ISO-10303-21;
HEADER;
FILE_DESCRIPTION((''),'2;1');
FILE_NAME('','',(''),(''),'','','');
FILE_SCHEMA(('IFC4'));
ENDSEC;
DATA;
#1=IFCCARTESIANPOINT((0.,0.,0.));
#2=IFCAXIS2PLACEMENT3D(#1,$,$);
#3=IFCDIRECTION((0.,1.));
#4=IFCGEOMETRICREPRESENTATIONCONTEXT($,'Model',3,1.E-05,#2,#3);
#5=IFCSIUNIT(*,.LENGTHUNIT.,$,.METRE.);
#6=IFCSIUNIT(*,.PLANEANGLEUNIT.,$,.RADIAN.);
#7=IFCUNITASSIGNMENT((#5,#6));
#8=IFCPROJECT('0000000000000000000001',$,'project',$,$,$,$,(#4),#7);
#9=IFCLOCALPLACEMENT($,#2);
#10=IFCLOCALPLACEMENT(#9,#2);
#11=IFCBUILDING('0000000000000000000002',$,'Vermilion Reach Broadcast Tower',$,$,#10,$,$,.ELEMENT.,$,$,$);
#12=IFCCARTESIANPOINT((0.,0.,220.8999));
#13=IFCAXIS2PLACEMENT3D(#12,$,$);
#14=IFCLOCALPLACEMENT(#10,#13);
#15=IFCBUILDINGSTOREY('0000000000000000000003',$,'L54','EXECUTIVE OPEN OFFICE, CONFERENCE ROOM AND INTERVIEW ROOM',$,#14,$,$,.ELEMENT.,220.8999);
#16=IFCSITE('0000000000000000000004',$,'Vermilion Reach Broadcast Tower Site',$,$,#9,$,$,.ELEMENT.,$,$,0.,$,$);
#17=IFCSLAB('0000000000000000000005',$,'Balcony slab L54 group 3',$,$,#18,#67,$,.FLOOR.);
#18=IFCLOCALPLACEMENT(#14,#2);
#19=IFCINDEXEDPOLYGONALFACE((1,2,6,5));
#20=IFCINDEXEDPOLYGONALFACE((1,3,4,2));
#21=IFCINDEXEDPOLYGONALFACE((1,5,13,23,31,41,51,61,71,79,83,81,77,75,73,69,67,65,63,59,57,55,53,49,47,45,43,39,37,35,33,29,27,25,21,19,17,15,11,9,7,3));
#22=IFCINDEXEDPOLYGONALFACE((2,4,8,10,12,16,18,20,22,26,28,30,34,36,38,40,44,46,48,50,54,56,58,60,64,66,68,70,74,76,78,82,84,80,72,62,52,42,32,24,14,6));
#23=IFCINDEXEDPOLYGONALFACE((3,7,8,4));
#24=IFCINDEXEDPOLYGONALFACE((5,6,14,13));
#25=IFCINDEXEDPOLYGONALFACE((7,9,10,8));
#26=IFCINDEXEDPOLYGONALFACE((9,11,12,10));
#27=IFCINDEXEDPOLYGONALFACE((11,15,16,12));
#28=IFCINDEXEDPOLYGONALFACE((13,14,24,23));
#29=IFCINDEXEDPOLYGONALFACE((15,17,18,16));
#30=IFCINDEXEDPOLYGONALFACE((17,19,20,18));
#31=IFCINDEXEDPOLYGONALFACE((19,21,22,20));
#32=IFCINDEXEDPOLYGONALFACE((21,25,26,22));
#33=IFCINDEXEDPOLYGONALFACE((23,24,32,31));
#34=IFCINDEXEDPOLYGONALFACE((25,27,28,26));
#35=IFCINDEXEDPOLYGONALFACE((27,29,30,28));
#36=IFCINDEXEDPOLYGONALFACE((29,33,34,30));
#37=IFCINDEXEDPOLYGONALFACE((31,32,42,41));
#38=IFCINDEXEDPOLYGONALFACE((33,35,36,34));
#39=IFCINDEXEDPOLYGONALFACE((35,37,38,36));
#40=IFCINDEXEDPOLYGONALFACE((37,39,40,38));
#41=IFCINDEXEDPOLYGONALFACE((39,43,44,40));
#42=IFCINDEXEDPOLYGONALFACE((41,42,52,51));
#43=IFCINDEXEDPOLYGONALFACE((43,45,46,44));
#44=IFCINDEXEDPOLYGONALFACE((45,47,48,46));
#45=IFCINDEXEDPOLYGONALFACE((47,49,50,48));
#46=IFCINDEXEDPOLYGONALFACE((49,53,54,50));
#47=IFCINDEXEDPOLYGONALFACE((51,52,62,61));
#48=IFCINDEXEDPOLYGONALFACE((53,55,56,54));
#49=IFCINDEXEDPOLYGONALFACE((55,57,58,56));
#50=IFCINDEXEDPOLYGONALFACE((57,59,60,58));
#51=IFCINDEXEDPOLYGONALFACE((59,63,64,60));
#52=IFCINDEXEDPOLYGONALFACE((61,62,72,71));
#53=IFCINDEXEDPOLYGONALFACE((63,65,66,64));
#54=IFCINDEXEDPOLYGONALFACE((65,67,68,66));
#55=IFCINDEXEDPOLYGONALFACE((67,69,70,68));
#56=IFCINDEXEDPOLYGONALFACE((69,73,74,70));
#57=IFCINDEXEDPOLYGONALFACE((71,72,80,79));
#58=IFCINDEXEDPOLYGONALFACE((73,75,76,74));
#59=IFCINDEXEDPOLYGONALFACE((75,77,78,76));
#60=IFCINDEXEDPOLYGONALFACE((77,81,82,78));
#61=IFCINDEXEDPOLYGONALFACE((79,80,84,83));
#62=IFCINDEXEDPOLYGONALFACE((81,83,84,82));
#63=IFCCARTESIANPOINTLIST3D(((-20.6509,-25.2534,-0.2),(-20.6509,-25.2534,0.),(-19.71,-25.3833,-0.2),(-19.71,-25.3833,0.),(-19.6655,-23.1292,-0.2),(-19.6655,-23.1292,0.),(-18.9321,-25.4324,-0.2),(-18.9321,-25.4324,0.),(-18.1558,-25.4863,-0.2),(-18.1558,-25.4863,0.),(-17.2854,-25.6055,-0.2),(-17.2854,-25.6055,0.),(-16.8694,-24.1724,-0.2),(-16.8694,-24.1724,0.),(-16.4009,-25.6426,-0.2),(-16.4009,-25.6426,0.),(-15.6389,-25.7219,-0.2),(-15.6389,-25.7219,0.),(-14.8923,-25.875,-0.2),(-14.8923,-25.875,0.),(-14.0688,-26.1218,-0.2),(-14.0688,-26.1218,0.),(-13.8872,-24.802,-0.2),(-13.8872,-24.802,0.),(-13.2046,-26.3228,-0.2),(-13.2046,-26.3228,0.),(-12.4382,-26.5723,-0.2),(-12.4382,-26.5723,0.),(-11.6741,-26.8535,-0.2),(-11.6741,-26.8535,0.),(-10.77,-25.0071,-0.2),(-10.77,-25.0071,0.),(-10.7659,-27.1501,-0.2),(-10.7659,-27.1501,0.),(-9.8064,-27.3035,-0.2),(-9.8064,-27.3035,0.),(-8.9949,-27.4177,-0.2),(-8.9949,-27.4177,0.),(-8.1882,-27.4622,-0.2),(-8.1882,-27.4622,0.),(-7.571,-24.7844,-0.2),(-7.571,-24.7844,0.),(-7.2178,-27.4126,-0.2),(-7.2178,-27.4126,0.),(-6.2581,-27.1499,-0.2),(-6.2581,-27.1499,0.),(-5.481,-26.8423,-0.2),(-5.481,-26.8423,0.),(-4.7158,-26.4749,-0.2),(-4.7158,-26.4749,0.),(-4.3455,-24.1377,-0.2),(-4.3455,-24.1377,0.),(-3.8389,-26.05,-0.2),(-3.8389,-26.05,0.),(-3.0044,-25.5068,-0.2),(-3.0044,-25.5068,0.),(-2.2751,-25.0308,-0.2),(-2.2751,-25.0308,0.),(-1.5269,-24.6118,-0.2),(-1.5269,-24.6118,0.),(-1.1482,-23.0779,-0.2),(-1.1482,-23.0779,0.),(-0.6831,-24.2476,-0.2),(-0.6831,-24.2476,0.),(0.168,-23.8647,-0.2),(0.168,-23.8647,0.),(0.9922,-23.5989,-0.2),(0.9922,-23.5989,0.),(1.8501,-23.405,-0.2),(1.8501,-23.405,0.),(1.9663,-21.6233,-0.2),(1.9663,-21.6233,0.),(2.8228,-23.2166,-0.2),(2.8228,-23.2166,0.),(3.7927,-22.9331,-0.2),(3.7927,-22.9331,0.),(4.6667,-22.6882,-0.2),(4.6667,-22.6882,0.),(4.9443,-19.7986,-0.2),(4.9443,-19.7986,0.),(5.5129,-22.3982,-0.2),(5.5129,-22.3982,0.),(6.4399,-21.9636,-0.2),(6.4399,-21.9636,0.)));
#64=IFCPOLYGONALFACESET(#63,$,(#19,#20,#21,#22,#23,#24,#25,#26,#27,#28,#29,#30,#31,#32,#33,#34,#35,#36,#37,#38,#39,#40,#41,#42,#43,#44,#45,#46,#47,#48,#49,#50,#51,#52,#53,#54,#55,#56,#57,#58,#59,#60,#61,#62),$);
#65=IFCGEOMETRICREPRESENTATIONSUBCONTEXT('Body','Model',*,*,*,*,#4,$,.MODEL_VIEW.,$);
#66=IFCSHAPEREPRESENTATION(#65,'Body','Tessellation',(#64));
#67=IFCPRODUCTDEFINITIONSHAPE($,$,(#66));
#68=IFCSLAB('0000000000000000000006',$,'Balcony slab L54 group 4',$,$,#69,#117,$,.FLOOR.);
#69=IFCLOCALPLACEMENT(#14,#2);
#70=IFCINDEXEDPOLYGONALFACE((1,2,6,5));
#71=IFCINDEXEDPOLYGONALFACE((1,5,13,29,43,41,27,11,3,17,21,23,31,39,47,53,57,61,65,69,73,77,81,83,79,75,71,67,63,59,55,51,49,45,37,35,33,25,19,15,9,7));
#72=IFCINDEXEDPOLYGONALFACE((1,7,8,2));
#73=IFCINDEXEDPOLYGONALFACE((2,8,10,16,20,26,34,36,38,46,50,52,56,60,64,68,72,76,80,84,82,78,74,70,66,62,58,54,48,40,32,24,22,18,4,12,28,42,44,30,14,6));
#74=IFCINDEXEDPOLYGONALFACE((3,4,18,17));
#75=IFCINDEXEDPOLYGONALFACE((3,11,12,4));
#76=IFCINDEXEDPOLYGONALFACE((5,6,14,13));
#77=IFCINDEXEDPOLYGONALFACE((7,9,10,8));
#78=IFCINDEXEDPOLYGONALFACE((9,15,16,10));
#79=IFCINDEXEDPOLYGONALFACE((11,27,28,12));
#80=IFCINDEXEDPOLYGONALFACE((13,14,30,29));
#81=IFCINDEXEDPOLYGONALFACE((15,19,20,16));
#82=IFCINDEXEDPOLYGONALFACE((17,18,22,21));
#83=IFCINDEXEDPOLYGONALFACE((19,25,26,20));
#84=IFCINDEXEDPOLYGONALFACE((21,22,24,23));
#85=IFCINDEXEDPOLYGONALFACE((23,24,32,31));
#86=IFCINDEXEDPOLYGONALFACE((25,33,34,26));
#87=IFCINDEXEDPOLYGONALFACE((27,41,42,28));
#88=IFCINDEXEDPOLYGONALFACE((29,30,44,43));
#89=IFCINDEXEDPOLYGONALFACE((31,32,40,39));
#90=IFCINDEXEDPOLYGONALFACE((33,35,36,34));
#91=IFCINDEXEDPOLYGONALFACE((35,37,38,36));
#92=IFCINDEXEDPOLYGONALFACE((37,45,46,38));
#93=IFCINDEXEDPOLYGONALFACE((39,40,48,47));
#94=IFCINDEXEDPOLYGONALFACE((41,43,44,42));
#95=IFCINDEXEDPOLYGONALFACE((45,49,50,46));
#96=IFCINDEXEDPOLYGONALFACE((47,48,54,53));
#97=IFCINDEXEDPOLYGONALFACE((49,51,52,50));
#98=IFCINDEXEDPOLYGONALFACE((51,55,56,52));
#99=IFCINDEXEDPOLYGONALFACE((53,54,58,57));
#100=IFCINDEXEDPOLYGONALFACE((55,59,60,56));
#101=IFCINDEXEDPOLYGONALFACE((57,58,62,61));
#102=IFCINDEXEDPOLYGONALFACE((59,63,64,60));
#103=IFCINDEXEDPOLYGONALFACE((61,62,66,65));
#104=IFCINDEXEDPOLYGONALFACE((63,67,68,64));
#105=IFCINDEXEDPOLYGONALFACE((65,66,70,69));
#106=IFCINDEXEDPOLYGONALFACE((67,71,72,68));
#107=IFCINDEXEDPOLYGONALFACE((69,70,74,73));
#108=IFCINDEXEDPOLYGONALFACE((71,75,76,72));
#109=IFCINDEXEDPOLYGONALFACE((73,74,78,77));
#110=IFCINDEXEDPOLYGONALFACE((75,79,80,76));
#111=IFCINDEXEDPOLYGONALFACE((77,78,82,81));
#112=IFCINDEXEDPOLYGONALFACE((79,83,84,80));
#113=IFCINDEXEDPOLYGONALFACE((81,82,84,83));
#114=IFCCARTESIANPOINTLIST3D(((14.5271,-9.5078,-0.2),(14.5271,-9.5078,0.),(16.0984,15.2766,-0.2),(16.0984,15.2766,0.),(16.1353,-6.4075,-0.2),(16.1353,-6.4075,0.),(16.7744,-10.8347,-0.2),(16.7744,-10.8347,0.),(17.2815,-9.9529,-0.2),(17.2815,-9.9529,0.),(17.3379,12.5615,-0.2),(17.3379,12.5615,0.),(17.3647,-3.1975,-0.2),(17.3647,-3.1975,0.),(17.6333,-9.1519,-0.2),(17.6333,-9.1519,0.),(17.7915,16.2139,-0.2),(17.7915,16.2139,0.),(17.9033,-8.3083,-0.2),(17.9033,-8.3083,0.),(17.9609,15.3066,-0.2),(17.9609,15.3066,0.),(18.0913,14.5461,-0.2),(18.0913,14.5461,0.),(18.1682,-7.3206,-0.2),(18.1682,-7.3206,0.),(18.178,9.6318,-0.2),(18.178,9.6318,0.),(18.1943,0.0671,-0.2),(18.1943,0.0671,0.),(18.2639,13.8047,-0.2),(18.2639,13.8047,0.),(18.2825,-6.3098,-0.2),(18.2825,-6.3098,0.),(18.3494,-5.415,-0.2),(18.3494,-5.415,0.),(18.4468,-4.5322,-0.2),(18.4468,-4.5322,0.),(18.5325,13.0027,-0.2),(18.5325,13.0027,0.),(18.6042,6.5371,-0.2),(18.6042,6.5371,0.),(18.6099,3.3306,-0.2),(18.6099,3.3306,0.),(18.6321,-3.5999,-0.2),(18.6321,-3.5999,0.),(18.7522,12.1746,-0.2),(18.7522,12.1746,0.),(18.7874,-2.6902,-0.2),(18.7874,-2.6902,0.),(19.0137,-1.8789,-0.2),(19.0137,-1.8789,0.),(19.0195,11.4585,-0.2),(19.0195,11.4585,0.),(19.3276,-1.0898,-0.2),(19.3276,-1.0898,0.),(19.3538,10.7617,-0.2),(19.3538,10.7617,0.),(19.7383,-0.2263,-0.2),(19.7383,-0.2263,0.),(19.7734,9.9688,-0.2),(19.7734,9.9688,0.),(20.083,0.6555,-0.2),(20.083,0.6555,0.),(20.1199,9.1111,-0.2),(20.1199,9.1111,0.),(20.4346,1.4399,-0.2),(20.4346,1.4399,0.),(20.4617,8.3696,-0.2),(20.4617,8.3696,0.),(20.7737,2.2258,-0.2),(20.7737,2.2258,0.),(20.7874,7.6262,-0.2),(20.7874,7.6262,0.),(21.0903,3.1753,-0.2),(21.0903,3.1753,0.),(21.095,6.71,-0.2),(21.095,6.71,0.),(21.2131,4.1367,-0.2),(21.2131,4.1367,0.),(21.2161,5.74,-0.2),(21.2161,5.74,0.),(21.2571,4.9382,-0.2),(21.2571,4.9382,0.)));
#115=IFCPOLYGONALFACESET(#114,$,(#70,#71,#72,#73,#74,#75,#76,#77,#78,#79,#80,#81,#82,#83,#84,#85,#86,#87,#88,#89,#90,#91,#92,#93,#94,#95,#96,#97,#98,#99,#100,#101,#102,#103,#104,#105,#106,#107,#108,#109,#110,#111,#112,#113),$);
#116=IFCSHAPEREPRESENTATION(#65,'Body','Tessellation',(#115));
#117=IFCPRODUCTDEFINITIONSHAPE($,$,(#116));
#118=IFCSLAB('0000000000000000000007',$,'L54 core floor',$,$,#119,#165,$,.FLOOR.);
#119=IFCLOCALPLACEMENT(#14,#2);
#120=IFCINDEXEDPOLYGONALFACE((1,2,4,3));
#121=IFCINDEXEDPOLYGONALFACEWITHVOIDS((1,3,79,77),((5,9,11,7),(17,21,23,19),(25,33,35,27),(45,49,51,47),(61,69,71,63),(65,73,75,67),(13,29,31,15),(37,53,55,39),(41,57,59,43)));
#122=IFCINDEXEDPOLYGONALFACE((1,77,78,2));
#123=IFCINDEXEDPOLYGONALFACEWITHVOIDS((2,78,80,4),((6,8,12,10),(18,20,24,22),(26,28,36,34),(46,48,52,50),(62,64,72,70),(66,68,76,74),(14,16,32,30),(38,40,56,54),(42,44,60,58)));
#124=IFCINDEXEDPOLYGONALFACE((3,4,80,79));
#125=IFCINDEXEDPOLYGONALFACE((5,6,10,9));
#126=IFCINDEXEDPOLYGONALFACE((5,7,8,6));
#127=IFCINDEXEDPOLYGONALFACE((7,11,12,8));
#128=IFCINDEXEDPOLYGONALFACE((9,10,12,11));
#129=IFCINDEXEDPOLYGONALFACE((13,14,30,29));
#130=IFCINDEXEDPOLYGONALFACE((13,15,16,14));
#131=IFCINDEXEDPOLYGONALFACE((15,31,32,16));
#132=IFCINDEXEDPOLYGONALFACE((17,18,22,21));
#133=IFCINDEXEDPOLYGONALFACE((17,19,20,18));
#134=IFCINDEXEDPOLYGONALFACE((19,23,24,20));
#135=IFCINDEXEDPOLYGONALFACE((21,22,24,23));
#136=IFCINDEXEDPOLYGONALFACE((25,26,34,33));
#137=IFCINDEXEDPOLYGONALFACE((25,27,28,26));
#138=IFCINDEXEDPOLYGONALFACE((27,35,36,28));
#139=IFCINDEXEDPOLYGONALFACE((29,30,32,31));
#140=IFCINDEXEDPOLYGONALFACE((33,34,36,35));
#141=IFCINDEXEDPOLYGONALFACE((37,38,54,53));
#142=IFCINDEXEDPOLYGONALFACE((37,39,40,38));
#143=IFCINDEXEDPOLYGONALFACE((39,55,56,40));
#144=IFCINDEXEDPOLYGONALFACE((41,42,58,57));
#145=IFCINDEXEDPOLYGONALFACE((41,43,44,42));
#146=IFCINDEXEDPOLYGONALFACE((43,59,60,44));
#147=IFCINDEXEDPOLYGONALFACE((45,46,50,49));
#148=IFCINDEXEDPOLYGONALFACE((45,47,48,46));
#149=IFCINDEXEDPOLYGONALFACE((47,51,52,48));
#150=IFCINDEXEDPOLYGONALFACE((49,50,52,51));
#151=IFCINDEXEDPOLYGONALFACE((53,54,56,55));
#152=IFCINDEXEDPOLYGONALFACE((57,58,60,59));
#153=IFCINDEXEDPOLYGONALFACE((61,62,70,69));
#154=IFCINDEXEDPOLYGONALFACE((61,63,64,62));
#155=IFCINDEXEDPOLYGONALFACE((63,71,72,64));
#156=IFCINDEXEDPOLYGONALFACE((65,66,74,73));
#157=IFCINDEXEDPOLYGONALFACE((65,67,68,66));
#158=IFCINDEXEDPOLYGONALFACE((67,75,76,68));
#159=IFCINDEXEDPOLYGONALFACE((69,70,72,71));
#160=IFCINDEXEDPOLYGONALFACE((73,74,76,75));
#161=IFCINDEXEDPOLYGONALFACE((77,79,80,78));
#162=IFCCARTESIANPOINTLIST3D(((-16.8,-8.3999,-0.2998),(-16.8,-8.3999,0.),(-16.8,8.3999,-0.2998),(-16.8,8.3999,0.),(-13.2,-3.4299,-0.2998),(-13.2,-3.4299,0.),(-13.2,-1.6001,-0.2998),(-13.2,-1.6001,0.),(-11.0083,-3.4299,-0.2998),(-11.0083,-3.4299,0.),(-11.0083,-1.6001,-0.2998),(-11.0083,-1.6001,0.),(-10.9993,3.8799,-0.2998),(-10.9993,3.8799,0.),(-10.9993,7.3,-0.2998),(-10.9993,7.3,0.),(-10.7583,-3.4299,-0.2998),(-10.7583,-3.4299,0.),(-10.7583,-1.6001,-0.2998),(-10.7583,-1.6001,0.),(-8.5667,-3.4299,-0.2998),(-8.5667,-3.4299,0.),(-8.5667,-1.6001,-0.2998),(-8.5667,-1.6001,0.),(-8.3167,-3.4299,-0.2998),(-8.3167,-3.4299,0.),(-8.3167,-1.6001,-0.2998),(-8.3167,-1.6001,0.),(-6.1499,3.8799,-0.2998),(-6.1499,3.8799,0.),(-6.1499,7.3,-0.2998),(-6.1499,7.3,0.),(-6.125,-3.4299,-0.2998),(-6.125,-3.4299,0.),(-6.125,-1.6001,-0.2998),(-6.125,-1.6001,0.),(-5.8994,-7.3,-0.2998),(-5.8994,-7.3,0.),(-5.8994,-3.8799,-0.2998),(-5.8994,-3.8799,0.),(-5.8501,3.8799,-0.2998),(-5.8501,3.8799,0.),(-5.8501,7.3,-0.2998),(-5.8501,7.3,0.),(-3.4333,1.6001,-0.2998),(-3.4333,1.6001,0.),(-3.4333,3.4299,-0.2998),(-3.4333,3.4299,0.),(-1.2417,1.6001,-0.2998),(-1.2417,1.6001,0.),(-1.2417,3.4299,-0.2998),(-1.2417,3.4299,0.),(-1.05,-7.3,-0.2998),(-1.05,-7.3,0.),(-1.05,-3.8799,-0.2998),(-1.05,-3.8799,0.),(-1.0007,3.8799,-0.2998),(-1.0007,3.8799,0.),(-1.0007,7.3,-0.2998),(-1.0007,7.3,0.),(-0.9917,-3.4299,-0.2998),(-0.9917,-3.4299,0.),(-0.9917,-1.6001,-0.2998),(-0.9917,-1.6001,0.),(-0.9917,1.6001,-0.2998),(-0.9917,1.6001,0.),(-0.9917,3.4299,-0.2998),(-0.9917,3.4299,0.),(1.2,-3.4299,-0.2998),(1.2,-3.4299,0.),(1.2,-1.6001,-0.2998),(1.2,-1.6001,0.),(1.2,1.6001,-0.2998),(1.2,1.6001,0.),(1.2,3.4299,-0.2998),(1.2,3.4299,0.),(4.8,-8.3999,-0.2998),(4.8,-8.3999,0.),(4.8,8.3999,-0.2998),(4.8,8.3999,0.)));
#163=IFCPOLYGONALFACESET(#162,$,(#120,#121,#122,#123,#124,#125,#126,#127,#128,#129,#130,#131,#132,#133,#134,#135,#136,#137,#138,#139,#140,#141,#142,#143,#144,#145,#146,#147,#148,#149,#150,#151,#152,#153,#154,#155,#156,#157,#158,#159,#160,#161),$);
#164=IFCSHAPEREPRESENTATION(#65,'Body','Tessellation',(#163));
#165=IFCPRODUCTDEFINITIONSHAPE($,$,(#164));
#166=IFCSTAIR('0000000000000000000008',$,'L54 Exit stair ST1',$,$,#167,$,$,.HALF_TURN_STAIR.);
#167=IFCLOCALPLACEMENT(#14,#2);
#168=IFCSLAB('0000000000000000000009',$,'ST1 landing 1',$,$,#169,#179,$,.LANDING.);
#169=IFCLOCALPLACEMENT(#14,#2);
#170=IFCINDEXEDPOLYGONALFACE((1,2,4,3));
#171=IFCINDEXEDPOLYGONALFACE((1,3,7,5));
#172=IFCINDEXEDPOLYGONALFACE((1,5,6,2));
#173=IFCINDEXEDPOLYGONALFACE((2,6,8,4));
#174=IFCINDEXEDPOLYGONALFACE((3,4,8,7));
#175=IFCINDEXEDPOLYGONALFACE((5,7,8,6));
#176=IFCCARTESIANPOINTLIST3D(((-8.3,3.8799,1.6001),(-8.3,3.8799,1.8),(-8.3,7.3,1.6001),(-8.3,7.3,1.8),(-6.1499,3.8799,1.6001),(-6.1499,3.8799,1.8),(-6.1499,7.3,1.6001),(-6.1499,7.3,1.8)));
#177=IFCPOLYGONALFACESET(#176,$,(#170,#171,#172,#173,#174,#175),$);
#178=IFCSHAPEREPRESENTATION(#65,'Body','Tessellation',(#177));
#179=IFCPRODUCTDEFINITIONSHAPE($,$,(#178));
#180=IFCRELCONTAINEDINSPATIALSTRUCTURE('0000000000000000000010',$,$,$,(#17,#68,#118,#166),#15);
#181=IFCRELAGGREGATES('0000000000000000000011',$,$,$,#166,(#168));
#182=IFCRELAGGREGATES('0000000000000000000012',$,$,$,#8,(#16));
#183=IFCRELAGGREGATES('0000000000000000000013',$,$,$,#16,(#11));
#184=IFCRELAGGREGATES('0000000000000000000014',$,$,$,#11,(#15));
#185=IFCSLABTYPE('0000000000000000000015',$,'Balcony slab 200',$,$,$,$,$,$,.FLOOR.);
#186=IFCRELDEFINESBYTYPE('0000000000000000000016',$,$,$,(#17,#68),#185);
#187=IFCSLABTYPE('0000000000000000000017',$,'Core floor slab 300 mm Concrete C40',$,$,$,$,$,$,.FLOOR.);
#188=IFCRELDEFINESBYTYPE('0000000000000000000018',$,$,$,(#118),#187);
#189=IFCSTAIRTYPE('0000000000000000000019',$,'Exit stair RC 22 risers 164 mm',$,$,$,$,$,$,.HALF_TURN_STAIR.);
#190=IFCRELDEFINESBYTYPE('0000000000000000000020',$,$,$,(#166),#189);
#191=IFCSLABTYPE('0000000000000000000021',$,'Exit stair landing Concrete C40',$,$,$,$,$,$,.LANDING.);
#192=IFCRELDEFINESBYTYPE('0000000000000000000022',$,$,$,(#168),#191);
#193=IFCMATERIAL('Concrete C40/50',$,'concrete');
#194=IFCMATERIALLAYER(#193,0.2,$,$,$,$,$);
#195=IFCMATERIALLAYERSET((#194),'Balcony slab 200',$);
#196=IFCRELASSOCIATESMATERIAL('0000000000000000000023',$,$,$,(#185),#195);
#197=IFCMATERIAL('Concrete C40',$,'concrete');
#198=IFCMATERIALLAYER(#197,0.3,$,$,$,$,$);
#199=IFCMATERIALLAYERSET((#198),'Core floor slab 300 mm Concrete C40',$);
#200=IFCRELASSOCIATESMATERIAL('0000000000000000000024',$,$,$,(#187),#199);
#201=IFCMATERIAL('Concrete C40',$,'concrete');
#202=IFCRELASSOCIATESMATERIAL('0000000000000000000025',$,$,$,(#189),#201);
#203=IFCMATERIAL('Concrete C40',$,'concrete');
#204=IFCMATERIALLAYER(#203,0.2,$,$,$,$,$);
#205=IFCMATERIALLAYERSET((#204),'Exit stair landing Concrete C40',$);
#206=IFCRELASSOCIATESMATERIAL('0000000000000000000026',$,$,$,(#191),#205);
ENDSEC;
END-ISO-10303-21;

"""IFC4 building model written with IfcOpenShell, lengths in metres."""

from ifc_helpers import new_model, si_unit, direction, frame, origin, place, context, subcontext, project, spatial, polyline, outline, extrude, material, layer, layer_set, type_object, element, aggregate, save


model = new_model("IFC4")

# Units and contexts
model_context = context("Model", 3, precision=1e-05, world=origin(), true_north=direction((0.0, 1.0)))
body_context = subcontext(model_context, "Body", "Model", "MODEL_VIEW")
ifc_project = project(units=[si_unit("LENGTHUNIT", "METRE"), si_unit("PLANEANGLEUNIT", "RADIAN")], contexts=[model_context])

# Site, building, storey
site_placement = place(None, origin())
site = spatial("IfcSite", under=ifc_project, at=site_placement, Name="Vermilion Reach Broadcast Tower Site", CompositionType="ELEMENT", RefElevation=0.0)
building_placement = place(site_placement, origin())
building = spatial("IfcBuilding", under=site, at=building_placement, Name="Vermilion Reach Broadcast Tower", CompositionType="ELEMENT")
storey_placement = place(building_placement, frame((0.0, 0.0, 220.8999)))
storey = spatial("IfcBuildingStorey", under=building, at=storey_placement, Name="L54", Description="EXECUTIVE OPEN OFFICE, CONFERENCE ROOM AND INTERVIEW ROOM", CompositionType="ELEMENT", Elevation=220.8999)

# Slabs
ifc_material_1 = material(Name="Concrete C40/50", Category="concrete")
ifc_layer_1 = layer(ifc_material_1, 0.2)
ifc_layer_set_1 = layer_set([ifc_layer_1], Name="Balcony slab 200")
slab_type_1 = type_object("IfcSlabType", Name="Balcony slab 200", PredefinedType="FLOOR", material=ifc_layer_set_1)
placement_1 = place(storey_placement, frame((0.0, 0.0, -0.2)))
element("IfcSlab", 1, at=placement_1, inside=storey, type_object=slab_type_1, Name="Balcony slab L54 group 3", PredefinedType="FLOOR", context=body_context, shape_type="SweptSolid", body=[
    extrude(outline(polyline([(-19.6655, -23.1292), (-16.8694, -24.1724), (-13.8872, -24.802), (-10.77, -25.0071), (-7.571, -24.7844), (-4.3455, -24.1377), (-1.1482, -23.0779), (1.9663, -21.6233), (4.9443, -19.7986), (6.4399, -21.9636), (5.5129, -22.3982), (4.6667, -22.6882), (3.7927, -22.9331), (2.8228, -23.2166), (1.8501, -23.405), (0.9922, -23.5989), (0.168, -23.8647), (-0.6831, -24.2476), (-1.5269, -24.6118), (-2.2751, -25.0308), (-3.0044, -25.5068), (-3.8389, -26.05), (-4.7158, -26.4749), (-5.481, -26.8423), (-6.2581, -27.1499), (-7.2178, -27.4126), (-8.1882, -27.4622), (-8.9949, -27.4177), (-9.8064, -27.3035), (-10.7659, -27.1501), (-11.6741, -26.8535), (-12.4382, -26.5723), (-13.2046, -26.3228), (-14.0688, -26.1218), (-14.8923, -25.875), (-15.6389, -25.7219), (-16.4009, -25.6426), (-17.2854, -25.6055), (-18.1558, -25.4863), (-18.9321, -25.4324), (-19.71, -25.3833), (-20.6509, -25.2534), (-19.6655, -23.1292)])), origin(), (0.0, 0.0, 1.0), 0.2),
])
element("IfcSlab", 2, at=placement_1, inside=storey, type_object=slab_type_1, Name="Balcony slab L54 group 4", PredefinedType="FLOOR", context=body_context, shape_type="SweptSolid", body=[
    extrude(outline(polyline([(14.5271, -9.5078), (16.1353, -6.4075), (17.3647, -3.1975), (18.1943, 0.0671), (18.6099, 3.3306), (18.6042, 6.5371), (18.178, 9.6318), (17.3379, 12.5615), (16.0984, 15.2766), (17.7915, 16.2139), (17.9609, 15.3066), (18.0913, 14.5461), (18.2639, 13.8047), (18.5325, 13.0027), (18.7522, 12.1746), (19.0195, 11.4585), (19.3538, 10.7617), (19.7734, 9.9688), (20.1199, 9.1111), (20.4617, 8.3696), (20.7874, 7.6262), (21.095, 6.71), (21.2161, 5.74), (21.2571, 4.9382), (21.2131, 4.1367), (21.0903, 3.1753), (20.7737, 2.2258), (20.4346, 1.4399), (20.083, 0.6555), (19.7383, -0.2263), (19.3276, -1.0898), (19.0137, -1.8789), (18.7874, -2.6902), (18.6321, -3.5999), (18.4468, -4.5322), (18.3494, -5.415), (18.2825, -6.3098), (18.1682, -7.3206), (17.9033, -8.3083), (17.6333, -9.1519), (17.2815, -9.9529), (16.7744, -10.8347), (14.5271, -9.5078)])), origin(), (0.0, 0.0, 1.0), 0.2),
])
ifc_material_2 = material(Name="Concrete C40", Category="concrete")
ifc_layer_2 = layer(ifc_material_2, 0.3)
ifc_layer_set_2 = layer_set([ifc_layer_2], Name="Core floor slab 300 mm Concrete C40")
slab_type_2 = type_object("IfcSlabType", Name="Core floor slab 300 mm Concrete C40", PredefinedType="FLOOR", material=ifc_layer_set_2)
slab_1_placement = place(storey_placement, frame((0.0, 0.0, -0.2998)))
element("IfcSlab", 3, at=slab_1_placement, inside=storey, type_object=slab_type_2, Name="L54 core floor", PredefinedType="FLOOR", context=body_context, shape_type="SweptSolid", body=[
    extrude(outline(polyline([(-16.8, -8.3999), (4.8, -8.3999), (4.8, 8.3999), (-16.8, 8.3999), (-16.8, -8.3999)]), holes=[polyline([(-3.4333, 1.6001), (-1.2417, 1.6001), (-1.2417, 3.4299), (-3.4333, 3.4299), (-3.4333, 1.6001)]), polyline([(-0.9917, 1.6001), (1.2, 1.6001), (1.2, 3.4299), (-0.9917, 3.4299), (-0.9917, 1.6001)]), polyline([(-13.2, -3.4299), (-11.0083, -3.4299), (-11.0083, -1.6001), (-13.2, -1.6001), (-13.2, -3.4299)]), polyline([(-10.7583, -3.4299), (-8.5667, -3.4299), (-8.5667, -1.6001), (-10.7583, -1.6001), (-10.7583, -3.4299)]), polyline([(-8.3167, -3.4299), (-6.125, -3.4299), (-6.125, -1.6001), (-8.3167, -1.6001), (-8.3167, -3.4299)]), polyline([(-0.9917, -3.4299), (1.2, -3.4299), (1.2, -1.6001), (-0.9917, -1.6001), (-0.9917, -3.4299)]), polyline([(-10.9993, 3.8799), (-6.1499, 3.8799), (-6.1499, 7.3), (-10.9993, 7.3), (-10.9993, 3.8799)]), polyline([(-1.0007, 7.3), (-5.8501, 7.3), (-5.8501, 3.8799), (-1.0007, 3.8799), (-1.0007, 7.3)]), polyline([(-5.8994, -7.3), (-1.05, -7.3), (-1.05, -3.8799), (-5.8994, -3.8799), (-5.8994, -7.3)])]), origin(), (0.0, 0.0, 1.0), 0.2998),
])

# Stair, slab
ifc_material_3 = material(Name="Concrete C40", Category="concrete")
stair_type = type_object("IfcStairType", Name="Exit stair RC 22 risers 164 mm", PredefinedType="HALF_TURN_STAIR", material=ifc_material_3)
placement_2 = place(storey_placement, origin())
stair_1 = element("IfcStair", 4, at=placement_2, inside=storey, type_object=stair_type, Name="L54 Exit stair ST1", PredefinedType="HALF_TURN_STAIR")
ifc_material_4 = material(Name="Concrete C40", Category="concrete")
ifc_layer_3 = layer(ifc_material_4, 0.2)
ifc_layer_set_3 = layer_set([ifc_layer_3], Name="Exit stair landing Concrete C40")
slab_type_3 = type_object("IfcSlabType", Name="Exit stair landing Concrete C40", PredefinedType="LANDING", material=ifc_layer_set_3)
placement_3 = place(storey_placement, frame((0.0, 0.0, 1.6001)))
slab_2 = element("IfcSlab", 5, at=placement_3, type_object=slab_type_3, Name="ST1 landing 1", PredefinedType="LANDING", context=body_context, shape_type="SweptSolid", body=[
    extrude(outline(polyline([(-8.3, 3.8799), (-6.1499, 3.8799), (-6.1499, 7.3), (-8.3, 7.3), (-8.3, 3.8799)])), origin(), (0.0, 0.0, 1.0), 0.2),
])
aggregate(stair_1, [slab_2])

save(model, "model.ifc")
